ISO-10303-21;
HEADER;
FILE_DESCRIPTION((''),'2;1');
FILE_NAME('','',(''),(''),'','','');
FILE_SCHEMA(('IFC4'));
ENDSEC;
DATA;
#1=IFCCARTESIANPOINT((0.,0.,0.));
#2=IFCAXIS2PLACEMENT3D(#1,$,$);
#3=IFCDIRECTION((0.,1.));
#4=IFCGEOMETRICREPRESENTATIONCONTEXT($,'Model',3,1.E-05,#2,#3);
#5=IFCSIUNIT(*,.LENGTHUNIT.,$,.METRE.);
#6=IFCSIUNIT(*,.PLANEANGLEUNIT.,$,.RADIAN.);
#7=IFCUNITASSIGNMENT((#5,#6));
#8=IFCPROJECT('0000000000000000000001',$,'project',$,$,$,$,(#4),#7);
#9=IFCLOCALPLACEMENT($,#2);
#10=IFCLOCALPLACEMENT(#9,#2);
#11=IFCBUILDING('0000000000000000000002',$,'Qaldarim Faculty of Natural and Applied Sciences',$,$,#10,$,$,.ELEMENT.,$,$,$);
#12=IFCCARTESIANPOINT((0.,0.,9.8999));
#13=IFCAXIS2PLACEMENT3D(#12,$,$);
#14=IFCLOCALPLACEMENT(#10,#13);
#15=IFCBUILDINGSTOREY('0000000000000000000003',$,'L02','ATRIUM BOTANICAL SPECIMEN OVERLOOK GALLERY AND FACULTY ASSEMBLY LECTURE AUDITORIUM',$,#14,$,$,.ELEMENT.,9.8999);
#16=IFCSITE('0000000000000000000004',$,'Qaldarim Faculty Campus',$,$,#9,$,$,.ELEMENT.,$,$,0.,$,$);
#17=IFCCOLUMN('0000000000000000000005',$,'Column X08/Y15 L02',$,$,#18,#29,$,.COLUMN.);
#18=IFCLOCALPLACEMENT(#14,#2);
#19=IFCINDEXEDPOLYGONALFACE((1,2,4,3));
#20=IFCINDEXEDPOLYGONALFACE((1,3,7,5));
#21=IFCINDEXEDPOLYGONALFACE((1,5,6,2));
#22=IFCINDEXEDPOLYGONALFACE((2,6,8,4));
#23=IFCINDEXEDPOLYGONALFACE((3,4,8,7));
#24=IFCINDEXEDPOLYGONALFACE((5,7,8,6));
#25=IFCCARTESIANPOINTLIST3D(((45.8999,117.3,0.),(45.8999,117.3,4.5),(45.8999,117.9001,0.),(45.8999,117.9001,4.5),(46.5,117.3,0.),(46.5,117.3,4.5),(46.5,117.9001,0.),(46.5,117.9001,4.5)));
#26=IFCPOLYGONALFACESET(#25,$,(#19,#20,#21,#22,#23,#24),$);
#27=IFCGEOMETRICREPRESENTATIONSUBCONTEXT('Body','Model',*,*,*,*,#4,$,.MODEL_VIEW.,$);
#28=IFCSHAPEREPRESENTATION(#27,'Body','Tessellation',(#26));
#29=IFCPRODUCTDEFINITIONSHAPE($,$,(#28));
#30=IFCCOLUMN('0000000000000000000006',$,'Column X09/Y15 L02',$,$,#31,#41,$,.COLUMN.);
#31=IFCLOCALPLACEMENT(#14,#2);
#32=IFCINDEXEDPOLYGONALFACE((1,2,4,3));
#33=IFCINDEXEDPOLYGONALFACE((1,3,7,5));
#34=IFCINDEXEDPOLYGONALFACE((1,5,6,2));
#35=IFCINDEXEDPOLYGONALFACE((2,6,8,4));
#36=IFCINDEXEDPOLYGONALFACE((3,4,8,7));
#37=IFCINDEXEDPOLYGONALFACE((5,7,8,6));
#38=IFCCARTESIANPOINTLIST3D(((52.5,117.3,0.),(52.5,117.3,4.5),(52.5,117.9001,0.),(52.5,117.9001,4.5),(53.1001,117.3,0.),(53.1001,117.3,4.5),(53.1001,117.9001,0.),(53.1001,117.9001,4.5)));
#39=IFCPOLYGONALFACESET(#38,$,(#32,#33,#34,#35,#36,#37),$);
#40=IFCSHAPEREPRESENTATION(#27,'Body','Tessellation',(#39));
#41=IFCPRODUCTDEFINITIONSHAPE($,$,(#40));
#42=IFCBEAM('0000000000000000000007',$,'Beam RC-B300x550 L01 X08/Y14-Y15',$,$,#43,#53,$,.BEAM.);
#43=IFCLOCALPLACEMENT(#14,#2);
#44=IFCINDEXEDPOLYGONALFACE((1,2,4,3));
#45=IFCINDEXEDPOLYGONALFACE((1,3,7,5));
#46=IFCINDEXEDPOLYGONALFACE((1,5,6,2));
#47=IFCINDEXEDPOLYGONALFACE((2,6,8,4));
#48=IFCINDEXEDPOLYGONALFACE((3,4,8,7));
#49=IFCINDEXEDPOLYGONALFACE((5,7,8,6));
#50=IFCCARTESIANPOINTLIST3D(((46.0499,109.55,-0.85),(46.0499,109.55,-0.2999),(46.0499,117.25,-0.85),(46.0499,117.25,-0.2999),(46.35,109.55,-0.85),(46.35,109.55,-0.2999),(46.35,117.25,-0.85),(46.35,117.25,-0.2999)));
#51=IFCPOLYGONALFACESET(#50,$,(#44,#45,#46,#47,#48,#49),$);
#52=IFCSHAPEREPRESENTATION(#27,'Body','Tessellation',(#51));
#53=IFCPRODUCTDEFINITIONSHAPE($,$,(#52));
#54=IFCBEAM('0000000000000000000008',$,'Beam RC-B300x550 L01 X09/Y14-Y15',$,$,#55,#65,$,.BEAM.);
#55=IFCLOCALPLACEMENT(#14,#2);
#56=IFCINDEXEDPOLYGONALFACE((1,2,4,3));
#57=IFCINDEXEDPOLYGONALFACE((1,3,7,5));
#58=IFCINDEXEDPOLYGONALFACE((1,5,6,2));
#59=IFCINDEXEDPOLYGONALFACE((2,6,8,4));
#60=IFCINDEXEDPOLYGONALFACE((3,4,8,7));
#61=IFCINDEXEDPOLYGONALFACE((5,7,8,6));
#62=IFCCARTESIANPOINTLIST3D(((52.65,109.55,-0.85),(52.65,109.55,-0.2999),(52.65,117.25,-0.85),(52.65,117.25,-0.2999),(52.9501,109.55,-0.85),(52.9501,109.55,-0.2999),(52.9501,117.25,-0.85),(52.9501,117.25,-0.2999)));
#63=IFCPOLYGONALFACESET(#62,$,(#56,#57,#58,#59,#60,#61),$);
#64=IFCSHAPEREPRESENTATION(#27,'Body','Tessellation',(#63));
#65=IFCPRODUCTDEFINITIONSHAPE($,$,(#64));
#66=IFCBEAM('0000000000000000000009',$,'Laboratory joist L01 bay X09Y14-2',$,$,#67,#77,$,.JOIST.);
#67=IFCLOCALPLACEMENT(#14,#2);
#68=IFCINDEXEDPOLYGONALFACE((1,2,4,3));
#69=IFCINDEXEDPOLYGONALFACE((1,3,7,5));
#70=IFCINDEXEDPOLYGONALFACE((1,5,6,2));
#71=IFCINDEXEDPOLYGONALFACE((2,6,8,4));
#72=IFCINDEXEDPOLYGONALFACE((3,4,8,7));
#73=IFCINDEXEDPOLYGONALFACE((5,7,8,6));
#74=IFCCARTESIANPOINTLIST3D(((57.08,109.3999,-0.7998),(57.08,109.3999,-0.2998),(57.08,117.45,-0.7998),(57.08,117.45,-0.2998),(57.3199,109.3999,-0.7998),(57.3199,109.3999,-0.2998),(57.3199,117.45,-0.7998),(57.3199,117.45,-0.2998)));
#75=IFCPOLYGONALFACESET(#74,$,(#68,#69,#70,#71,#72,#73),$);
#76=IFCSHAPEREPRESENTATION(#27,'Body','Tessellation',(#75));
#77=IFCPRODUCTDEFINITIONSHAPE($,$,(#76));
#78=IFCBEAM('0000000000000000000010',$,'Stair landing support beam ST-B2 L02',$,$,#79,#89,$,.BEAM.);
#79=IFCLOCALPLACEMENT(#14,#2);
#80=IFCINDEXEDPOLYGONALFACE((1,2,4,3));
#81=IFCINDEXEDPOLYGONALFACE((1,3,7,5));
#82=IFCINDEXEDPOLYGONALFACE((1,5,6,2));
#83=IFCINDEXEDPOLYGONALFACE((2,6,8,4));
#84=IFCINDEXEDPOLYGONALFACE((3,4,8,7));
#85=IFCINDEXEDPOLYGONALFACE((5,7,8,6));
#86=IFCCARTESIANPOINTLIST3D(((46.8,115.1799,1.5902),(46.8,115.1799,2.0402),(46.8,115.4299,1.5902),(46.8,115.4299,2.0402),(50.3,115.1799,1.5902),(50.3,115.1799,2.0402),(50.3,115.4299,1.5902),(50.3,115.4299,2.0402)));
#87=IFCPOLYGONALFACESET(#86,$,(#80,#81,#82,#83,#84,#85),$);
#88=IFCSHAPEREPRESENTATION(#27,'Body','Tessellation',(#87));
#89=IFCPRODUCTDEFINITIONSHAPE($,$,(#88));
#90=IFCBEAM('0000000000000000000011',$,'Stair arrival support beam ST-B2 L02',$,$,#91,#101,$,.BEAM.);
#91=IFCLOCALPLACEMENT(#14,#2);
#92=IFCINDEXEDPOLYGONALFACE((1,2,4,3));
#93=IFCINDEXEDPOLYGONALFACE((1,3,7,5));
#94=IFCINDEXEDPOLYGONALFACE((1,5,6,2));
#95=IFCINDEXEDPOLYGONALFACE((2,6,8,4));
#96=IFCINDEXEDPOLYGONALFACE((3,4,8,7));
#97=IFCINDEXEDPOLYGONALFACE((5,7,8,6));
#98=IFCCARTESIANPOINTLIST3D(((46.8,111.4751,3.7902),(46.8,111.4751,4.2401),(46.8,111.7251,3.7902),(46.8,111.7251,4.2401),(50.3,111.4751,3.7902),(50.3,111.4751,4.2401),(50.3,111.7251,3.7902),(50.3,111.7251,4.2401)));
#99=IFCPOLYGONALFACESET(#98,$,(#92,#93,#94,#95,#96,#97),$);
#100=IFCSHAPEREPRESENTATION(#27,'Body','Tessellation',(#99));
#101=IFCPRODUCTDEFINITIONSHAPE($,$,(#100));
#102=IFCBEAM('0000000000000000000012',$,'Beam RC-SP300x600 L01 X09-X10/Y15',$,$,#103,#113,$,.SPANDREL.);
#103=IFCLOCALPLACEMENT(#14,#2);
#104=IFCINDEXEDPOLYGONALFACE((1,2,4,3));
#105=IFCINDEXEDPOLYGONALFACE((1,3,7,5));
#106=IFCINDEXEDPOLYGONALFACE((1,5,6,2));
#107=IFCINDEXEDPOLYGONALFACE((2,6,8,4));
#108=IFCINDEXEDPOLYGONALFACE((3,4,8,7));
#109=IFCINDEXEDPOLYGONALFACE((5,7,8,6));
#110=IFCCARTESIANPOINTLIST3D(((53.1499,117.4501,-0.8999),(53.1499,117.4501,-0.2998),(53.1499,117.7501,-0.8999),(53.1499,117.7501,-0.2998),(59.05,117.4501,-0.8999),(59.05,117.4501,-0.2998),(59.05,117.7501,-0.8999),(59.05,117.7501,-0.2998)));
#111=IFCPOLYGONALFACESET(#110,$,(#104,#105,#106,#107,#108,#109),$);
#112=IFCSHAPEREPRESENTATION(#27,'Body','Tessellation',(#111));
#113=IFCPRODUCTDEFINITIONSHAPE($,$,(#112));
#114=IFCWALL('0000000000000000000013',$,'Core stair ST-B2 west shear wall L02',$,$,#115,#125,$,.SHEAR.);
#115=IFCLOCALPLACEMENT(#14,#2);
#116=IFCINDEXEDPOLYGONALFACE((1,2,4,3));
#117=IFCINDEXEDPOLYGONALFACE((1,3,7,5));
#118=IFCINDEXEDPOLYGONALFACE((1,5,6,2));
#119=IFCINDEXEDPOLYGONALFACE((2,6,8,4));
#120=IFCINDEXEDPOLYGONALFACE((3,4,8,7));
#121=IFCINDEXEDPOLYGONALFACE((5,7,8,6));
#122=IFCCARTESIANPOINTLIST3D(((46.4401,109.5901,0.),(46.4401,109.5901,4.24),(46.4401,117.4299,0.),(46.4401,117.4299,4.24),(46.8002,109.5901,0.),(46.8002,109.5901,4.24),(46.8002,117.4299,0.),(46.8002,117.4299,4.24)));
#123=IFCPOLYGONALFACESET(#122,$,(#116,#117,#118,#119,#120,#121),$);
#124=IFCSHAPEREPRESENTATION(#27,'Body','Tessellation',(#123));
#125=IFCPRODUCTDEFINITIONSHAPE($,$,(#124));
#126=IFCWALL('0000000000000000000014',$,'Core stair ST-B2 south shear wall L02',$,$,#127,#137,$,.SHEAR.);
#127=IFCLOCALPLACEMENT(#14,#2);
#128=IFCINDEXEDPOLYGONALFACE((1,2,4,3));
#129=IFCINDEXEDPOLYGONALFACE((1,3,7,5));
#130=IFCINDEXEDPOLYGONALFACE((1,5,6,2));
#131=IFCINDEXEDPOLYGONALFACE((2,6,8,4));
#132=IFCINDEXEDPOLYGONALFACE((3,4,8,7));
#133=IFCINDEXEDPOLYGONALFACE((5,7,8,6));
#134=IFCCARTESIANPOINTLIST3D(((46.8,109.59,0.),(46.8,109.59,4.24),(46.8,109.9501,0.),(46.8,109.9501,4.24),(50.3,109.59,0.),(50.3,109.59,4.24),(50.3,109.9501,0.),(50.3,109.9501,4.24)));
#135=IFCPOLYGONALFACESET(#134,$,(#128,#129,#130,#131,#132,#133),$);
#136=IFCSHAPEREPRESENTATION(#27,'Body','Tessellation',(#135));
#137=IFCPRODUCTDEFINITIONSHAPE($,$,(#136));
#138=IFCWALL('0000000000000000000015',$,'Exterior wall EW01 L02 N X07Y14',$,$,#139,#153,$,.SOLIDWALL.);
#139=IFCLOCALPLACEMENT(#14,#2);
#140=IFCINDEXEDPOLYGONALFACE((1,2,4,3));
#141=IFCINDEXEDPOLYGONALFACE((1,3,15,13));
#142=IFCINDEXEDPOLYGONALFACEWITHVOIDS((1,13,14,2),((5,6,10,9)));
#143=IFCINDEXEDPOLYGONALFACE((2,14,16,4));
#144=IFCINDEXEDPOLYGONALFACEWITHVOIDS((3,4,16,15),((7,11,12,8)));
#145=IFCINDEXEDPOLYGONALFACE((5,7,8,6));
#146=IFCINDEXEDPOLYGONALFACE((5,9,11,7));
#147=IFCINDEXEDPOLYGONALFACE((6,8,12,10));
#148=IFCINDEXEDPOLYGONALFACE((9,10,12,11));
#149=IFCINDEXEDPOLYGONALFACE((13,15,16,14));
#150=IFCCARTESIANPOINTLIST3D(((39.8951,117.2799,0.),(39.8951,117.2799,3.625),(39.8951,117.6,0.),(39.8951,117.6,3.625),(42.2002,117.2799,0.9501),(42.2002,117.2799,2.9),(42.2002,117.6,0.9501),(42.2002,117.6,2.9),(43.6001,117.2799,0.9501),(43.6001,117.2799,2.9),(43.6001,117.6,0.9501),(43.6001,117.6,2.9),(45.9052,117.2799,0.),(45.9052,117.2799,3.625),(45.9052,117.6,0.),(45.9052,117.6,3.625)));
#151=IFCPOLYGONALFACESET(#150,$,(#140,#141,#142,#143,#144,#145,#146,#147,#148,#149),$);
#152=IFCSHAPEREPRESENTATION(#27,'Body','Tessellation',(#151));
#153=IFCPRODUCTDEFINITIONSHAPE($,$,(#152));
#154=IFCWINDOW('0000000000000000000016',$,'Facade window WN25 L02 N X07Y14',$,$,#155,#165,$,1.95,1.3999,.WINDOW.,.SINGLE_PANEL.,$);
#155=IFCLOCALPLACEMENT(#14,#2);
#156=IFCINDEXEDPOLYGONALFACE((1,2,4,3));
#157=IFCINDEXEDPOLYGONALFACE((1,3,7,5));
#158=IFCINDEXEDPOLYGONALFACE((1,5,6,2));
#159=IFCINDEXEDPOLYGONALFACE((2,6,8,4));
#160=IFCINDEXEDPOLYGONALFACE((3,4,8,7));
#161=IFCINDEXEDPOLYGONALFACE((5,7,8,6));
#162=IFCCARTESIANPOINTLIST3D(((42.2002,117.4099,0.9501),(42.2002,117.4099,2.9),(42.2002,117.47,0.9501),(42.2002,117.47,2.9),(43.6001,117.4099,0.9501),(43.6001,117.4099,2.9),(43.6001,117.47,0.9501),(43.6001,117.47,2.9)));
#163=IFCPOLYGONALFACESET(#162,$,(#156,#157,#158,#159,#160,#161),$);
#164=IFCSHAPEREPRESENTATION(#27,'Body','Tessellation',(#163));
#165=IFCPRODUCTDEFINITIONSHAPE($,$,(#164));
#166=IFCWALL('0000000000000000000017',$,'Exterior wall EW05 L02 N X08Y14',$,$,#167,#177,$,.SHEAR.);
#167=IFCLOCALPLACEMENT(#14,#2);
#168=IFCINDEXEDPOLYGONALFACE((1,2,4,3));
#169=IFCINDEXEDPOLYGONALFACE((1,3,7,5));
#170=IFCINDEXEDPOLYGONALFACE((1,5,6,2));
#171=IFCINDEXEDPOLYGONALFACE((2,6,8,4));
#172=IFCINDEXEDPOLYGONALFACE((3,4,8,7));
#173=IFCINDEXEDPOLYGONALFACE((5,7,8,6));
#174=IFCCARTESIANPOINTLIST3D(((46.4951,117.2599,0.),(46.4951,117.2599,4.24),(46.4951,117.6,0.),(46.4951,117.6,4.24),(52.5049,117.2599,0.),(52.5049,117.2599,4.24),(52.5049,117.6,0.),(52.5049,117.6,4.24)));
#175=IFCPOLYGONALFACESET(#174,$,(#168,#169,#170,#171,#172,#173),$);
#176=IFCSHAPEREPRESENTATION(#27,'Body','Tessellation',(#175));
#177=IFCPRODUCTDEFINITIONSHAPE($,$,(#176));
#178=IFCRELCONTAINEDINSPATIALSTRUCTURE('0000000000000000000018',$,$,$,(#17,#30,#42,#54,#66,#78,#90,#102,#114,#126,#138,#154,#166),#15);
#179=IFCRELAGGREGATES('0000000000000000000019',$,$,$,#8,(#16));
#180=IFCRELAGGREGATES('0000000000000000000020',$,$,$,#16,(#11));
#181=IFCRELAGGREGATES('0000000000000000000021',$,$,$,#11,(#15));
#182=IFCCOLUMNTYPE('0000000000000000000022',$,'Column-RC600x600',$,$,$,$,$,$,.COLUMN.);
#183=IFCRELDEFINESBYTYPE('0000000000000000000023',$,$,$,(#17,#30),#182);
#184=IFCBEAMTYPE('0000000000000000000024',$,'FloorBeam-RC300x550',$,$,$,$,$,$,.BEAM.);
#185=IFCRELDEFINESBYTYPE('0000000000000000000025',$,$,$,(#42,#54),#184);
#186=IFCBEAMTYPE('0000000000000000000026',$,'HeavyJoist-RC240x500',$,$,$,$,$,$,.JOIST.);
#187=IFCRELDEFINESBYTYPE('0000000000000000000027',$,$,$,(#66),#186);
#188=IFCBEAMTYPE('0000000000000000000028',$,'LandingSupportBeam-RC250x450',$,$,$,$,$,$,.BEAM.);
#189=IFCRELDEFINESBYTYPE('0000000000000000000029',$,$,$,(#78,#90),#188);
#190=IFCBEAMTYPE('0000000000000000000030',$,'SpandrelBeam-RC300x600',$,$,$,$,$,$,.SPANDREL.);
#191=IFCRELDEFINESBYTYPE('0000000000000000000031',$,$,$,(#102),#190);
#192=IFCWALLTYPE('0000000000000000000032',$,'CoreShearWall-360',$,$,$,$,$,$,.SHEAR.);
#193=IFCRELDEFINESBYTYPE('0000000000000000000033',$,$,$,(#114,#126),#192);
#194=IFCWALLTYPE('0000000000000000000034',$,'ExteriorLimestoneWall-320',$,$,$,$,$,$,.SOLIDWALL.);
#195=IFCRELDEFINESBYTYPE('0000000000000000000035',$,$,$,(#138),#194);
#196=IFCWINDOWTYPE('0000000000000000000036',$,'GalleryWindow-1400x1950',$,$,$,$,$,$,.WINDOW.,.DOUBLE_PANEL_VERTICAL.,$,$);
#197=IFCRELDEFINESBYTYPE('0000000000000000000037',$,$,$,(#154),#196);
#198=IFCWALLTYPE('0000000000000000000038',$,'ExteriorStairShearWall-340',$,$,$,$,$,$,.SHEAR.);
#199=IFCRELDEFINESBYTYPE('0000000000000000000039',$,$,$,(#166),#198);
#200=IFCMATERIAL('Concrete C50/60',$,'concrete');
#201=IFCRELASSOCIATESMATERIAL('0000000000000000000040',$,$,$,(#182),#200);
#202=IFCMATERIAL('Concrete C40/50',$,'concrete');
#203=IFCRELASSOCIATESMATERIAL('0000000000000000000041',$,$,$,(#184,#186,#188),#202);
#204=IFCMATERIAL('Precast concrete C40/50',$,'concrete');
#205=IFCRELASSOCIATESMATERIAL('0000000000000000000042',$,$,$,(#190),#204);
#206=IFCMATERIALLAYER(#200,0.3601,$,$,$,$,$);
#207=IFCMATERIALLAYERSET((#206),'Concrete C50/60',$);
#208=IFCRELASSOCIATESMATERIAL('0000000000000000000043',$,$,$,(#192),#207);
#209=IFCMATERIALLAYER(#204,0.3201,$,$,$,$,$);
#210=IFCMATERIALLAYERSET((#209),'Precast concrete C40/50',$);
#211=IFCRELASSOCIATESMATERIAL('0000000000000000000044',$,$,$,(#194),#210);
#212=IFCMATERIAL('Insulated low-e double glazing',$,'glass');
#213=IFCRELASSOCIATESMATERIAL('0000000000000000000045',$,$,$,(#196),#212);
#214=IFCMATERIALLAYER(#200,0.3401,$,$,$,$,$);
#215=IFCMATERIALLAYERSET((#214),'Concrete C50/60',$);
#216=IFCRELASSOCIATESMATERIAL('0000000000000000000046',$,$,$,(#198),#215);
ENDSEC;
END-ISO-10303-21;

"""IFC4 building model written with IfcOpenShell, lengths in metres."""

from ifc_helpers import new_model, si_unit, direction, frame, frame_2d, origin, origin_2d, place, context, subcontext, project, spatial, rectangle, extrude, material, layer, layer_set, material_profile, profile_set, type_object, element, fill, save


model = new_model("IFC4")

# Units and contexts
model_context = context("Model", 3, precision=1e-05, world=origin(), true_north=direction((0.0, 1.0)))
body_context = subcontext(model_context, "Body", "Model", "MODEL_VIEW")
ifc_project = project(units=[si_unit("LENGTHUNIT", "METRE"), si_unit("PLANEANGLEUNIT", "RADIAN")], contexts=[model_context])

# Site, building, storey
site_placement = place(None, origin())
site = spatial("IfcSite", under=ifc_project, at=site_placement, Name="Qaldarim Faculty Campus", CompositionType="ELEMENT", RefElevation=0.0)
building_placement = place(site_placement, origin())
building = spatial("IfcBuilding", under=site, at=building_placement, Name="Qaldarim Faculty of Natural and Applied Sciences", CompositionType="ELEMENT")
storey_placement = place(building_placement, frame((0.0, 0.0, 9.8999)))
storey = spatial("IfcBuildingStorey", under=building, at=storey_placement, Name="L02", Description="ATRIUM BOTANICAL SPECIMEN OVERLOOK GALLERY AND FACULTY ASSEMBLY LECTURE AUDITORIUM", CompositionType="ELEMENT", Elevation=9.8999)

# Columns
ifc_material_1 = material(Name="Concrete C50/60", Category="concrete")
ifc_material_profile_1 = material_profile(ifc_material_1, rectangle(XDim=0.6001, YDim=0.6001, at=origin_2d()), Name="RC-C600x600")
ifc_profile_set_1 = profile_set([ifc_material_profile_1], Name="Concrete C50/60")
column_type = type_object("IfcColumnType", Name="Column-RC600x600", PredefinedType="COLUMN", material=ifc_profile_set_1)
for number, where, z_axis, x_axis, name in (
    (1, (46.2, 117.6001, 0.0), (0.0, 0.0, 1.0), (1.0, 0.0, 0.0), "Column X08/Y15 L02"),
    (2, (52.8, 117.6001, 0.0), (0.0, 0.0, 1.0), (1.0, 0.0, 0.0), "Column X09/Y15 L02"),
):
    element("IfcColumn", number, at=place(storey_placement, frame(where, z_axis=z_axis, x_axis=x_axis)), inside=storey, type_object=column_type, Name=name, PredefinedType="COLUMN", context=body_context, shape_type="SweptSolid", body=[
        extrude(rectangle(XDim=0.6001, YDim=0.6001, at=origin_2d()), origin(), (0.0, 0.0, 1.0), 4.5),
    ])

# Beams
ifc_material_2 = material(Name="Concrete C40/50", Category="concrete")
ifc_material_profile_2 = material_profile(ifc_material_2, rectangle(XDim=0.3, YDim=0.55, at=origin_2d()), Name="RC-B300x550")
ifc_profile_set_2 = profile_set([ifc_material_profile_2], Name="Concrete C40/50")
beam_type_1 = type_object("IfcBeamType", Name="FloorBeam-RC300x550", PredefinedType="BEAM", material=ifc_profile_set_2)
for number, where, z_axis, x_axis, name in (
    (3, (46.2, 109.55, -0.575), (0.0, 1.0, 0.0), (-1.0, 0.0, 0.0), "Beam RC-B300x550 L01 X08/Y14-Y15"),
    (4, (52.8, 109.55, -0.575), (0.0, 1.0, 0.0), (-1.0, 0.0, 0.0), "Beam RC-B300x550 L01 X09/Y14-Y15"),
):
    element("IfcBeam", number, at=place(storey_placement, frame(where, z_axis=z_axis, x_axis=x_axis)), inside=storey, type_object=beam_type_1, Name=name, PredefinedType="BEAM", context=body_context, shape_type="SweptSolid", body=[
        extrude(rectangle(XDim=0.3, YDim=0.55, at=origin_2d()), origin(), (0.0, 0.0, 1.0), 7.7),
    ])
ifc_material_profile_3 = material_profile(ifc_material_2, rectangle(XDim=0.24, YDim=0.5, at=origin_2d()), Name="RC-J240x500")
ifc_profile_set_3 = profile_set([ifc_material_profile_3], Name="Concrete C40/50")
beam_type_2 = type_object("IfcBeamType", Name="HeavyJoist-RC240x500", PredefinedType="JOIST", material=ifc_profile_set_3)
beam_1_placement = place(storey_placement, frame((57.2, 109.3999, -0.5498), z_axis=(0.0, 1.0, 0.0), x_axis=(-1.0, 0.0, 0.0)))
element("IfcBeam", 5, at=beam_1_placement, inside=storey, type_object=beam_type_2, Name="Laboratory joist L01 bay X09Y14-2", PredefinedType="JOIST", context=body_context, shape_type="SweptSolid", body=[
    extrude(rectangle(XDim=0.24, YDim=0.5, at=origin_2d()), origin(), (0.0, 0.0, 1.0), 8.05),
])
ifc_material_profile_4 = material_profile(ifc_material_2, rectangle(XDim=0.25, YDim=0.45, at=origin_2d()), Name="RC-LN250x450")
ifc_profile_set_4 = profile_set([ifc_material_profile_4], Name="Concrete C40/50")
beam_type_3 = type_object("IfcBeamType", Name="LandingSupportBeam-RC250x450", PredefinedType="BEAM", material=ifc_profile_set_4)
for number, where, z_axis, x_axis, name in (
    (6, (46.8, 115.3049, 1.8152), (1.0, 0.0, 0.0), (0.0, 1.0, 0.0), "Stair landing support beam ST-B2 L02"),
    (7, (46.8, 111.6001, 4.0151), (1.0, 0.0, 0.0), (0.0, 1.0, 0.0), "Stair arrival support beam ST-B2 L02"),
):
    element("IfcBeam", number, at=place(storey_placement, frame(where, z_axis=z_axis, x_axis=x_axis)), inside=storey, type_object=beam_type_3, Name=name, PredefinedType="BEAM", context=body_context, shape_type="SweptSolid", body=[
        extrude(rectangle(XDim=0.25, YDim=0.45, at=origin_2d()), origin(), (0.0, 0.0, 1.0), 3.5),
    ])
ifc_material_3 = material(Name="Precast concrete C40/50", Category="concrete")
ifc_material_profile_5 = material_profile(ifc_material_3, rectangle(XDim=0.3, YDim=0.6001, at=origin_2d()), Name="RC-SP300x600")
ifc_profile_set_5 = profile_set([ifc_material_profile_5], Name="Precast concrete C40/50")
beam_type_4 = type_object("IfcBeamType", Name="SpandrelBeam-RC300x600", PredefinedType="SPANDREL", material=ifc_profile_set_5)
beam_2_placement = place(storey_placement, frame((53.1499, 117.6001, -0.5999), z_axis=(1.0, 0.0, 0.0), x_axis=(0.0, 1.0, 0.0)))
element("IfcBeam", 8, at=beam_2_placement, inside=storey, type_object=beam_type_4, Name="Beam RC-SP300x600 L01 X09-X10/Y15", PredefinedType="SPANDREL", context=body_context, shape_type="SweptSolid", body=[
    extrude(rectangle(XDim=0.3, YDim=0.6001, at=origin_2d()), origin(), (0.0, 0.0, 1.0), 5.9001),
])

# Wall
ifc_layer_1 = layer(ifc_material_1, 0.3601)
ifc_layer_set_1 = layer_set([ifc_layer_1], Name="Concrete C50/60")
wall_type_1 = type_object("IfcWallType", Name="CoreShearWall-360", PredefinedType="SHEAR", material=ifc_layer_set_1)
wall_1_placement = place(storey_placement, frame((46.6201, 109.5901, 0.0), z_axis=(0.0, 0.0, 1.0), x_axis=(0.0, 1.0, 0.0)))
element("IfcWall", 9, at=wall_1_placement, inside=storey, type_object=wall_type_1, Name="Core stair ST-B2 west shear wall L02", PredefinedType="SHEAR", context=body_context, shape_type="SweptSolid", body=[
    extrude(rectangle(XDim=7.8398, YDim=0.3601, at=frame_2d((3.9199, 0.0))), origin(), (0.0, 0.0, 1.0), 4.24),
])

# Wall
wall_2_placement = place(storey_placement, frame((46.8, 109.77, 0.0), z_axis=(0.0, 0.0, 1.0), x_axis=(1.0, 0.0, 0.0)))
element("IfcWall", 10, at=wall_2_placement, inside=storey, type_object=wall_type_1, Name="Core stair ST-B2 south shear wall L02", PredefinedType="SHEAR", context=body_context, shape_type="SweptSolid", body=[
    extrude(rectangle(XDim=3.5, YDim=0.3601, at=frame_2d((1.75, 0.0))), origin(), (0.0, 0.0, 1.0), 4.24),
])

# Wall, opening, window
ifc_layer_2 = layer(ifc_material_3, 0.3201)
ifc_layer_set_2 = layer_set([ifc_layer_2], Name="Precast concrete C40/50")
wall_type_2 = type_object("IfcWallType", Name="ExteriorLimestoneWall-320", PredefinedType="SOLIDWALL", material=ifc_layer_set_2)
wall_3_placement = place(storey_placement, frame((45.905, 117.4399, 0.0), z_axis=(0.0, 0.0, 1.0), x_axis=(-1.0, 0.0, 0.0)))
wall_3 = element("IfcWall", 11, at=wall_3_placement, inside=storey, type_object=wall_type_2, Name="Exterior wall EW01 L02 N X07Y14", PredefinedType="SOLIDWALL", context=body_context, shape_type="SweptSolid", body=[
    extrude(rectangle(XDim=6.01, YDim=0.3201, at=frame_2d((3.0049, 0.0))), origin(), (0.0, 0.0, 1.0), 3.625),
])
opening_1_placement = place(wall_3_placement, frame((2.3049, 0.0, 0.95)))
opening_1 = element("IfcOpeningElement", 12, at=opening_1_placement, cuts=wall_3, PredefinedType="OPENING", context=body_context, shape_type="SweptSolid", body=[
    extrude(rectangle(XDim=1.3999, YDim=1.95, at=frame_2d((0.7, 0.9751))), frame((0.0, 0.1699, 0.0), z_axis=(0.0, -1.0, 0.0), x_axis=(1.0, 0.0, 0.0)), (0.0, 0.0, 1.0), 0.3401),
])
ifc_material_4 = material(Name="Insulated low-e double glazing", Category="glass")
window_type = type_object("IfcWindowType", Name="GalleryWindow-1400x1950", PartitioningType="DOUBLE_PANEL_VERTICAL", PredefinedType="WINDOW", material=ifc_material_4)
window_placement = place(opening_1_placement, origin())
window = element("IfcWindow", 13, at=window_placement, inside=storey, type_object=window_type, Name="Facade window WN25 L02 N X07Y14", OverallHeight=1.95, OverallWidth=1.3999, PartitioningType="SINGLE_PANEL", PredefinedType="WINDOW", context=body_context, shape_type="SweptSolid", body=[
    extrude(rectangle(XDim=1.3999, YDim=1.95, at=frame_2d((0.7, 0.9751))), frame((0.0, 0.03, 0.0), z_axis=(0.0, -1.0, 0.0), x_axis=(1.0, 0.0, 0.0)), (0.0, 0.0, 1.0), 0.0601),
])
fill(opening_1, window)

# Wall
ifc_layer_3 = layer(ifc_material_1, 0.3401)
ifc_layer_set_3 = layer_set([ifc_layer_3], Name="Concrete C50/60")
wall_type_3 = type_object("IfcWallType", Name="ExteriorStairShearWall-340", PredefinedType="SHEAR", material=ifc_layer_set_3)
wall_4_placement = place(storey_placement, frame((52.5049, 117.4299, 0.0), z_axis=(0.0, 0.0, 1.0), x_axis=(-1.0, 0.0, 0.0)))
element("IfcWall", 14, at=wall_4_placement, inside=storey, type_object=wall_type_3, Name="Exterior wall EW05 L02 N X08Y14", PredefinedType="SHEAR", context=body_context, shape_type="SweptSolid", body=[
    extrude(rectangle(XDim=6.0098, YDim=0.3401, at=frame_2d((3.0049, 0.0))), origin(), (0.0, 0.0, 1.0), 4.24),
])

save(model, "model.ifc")
